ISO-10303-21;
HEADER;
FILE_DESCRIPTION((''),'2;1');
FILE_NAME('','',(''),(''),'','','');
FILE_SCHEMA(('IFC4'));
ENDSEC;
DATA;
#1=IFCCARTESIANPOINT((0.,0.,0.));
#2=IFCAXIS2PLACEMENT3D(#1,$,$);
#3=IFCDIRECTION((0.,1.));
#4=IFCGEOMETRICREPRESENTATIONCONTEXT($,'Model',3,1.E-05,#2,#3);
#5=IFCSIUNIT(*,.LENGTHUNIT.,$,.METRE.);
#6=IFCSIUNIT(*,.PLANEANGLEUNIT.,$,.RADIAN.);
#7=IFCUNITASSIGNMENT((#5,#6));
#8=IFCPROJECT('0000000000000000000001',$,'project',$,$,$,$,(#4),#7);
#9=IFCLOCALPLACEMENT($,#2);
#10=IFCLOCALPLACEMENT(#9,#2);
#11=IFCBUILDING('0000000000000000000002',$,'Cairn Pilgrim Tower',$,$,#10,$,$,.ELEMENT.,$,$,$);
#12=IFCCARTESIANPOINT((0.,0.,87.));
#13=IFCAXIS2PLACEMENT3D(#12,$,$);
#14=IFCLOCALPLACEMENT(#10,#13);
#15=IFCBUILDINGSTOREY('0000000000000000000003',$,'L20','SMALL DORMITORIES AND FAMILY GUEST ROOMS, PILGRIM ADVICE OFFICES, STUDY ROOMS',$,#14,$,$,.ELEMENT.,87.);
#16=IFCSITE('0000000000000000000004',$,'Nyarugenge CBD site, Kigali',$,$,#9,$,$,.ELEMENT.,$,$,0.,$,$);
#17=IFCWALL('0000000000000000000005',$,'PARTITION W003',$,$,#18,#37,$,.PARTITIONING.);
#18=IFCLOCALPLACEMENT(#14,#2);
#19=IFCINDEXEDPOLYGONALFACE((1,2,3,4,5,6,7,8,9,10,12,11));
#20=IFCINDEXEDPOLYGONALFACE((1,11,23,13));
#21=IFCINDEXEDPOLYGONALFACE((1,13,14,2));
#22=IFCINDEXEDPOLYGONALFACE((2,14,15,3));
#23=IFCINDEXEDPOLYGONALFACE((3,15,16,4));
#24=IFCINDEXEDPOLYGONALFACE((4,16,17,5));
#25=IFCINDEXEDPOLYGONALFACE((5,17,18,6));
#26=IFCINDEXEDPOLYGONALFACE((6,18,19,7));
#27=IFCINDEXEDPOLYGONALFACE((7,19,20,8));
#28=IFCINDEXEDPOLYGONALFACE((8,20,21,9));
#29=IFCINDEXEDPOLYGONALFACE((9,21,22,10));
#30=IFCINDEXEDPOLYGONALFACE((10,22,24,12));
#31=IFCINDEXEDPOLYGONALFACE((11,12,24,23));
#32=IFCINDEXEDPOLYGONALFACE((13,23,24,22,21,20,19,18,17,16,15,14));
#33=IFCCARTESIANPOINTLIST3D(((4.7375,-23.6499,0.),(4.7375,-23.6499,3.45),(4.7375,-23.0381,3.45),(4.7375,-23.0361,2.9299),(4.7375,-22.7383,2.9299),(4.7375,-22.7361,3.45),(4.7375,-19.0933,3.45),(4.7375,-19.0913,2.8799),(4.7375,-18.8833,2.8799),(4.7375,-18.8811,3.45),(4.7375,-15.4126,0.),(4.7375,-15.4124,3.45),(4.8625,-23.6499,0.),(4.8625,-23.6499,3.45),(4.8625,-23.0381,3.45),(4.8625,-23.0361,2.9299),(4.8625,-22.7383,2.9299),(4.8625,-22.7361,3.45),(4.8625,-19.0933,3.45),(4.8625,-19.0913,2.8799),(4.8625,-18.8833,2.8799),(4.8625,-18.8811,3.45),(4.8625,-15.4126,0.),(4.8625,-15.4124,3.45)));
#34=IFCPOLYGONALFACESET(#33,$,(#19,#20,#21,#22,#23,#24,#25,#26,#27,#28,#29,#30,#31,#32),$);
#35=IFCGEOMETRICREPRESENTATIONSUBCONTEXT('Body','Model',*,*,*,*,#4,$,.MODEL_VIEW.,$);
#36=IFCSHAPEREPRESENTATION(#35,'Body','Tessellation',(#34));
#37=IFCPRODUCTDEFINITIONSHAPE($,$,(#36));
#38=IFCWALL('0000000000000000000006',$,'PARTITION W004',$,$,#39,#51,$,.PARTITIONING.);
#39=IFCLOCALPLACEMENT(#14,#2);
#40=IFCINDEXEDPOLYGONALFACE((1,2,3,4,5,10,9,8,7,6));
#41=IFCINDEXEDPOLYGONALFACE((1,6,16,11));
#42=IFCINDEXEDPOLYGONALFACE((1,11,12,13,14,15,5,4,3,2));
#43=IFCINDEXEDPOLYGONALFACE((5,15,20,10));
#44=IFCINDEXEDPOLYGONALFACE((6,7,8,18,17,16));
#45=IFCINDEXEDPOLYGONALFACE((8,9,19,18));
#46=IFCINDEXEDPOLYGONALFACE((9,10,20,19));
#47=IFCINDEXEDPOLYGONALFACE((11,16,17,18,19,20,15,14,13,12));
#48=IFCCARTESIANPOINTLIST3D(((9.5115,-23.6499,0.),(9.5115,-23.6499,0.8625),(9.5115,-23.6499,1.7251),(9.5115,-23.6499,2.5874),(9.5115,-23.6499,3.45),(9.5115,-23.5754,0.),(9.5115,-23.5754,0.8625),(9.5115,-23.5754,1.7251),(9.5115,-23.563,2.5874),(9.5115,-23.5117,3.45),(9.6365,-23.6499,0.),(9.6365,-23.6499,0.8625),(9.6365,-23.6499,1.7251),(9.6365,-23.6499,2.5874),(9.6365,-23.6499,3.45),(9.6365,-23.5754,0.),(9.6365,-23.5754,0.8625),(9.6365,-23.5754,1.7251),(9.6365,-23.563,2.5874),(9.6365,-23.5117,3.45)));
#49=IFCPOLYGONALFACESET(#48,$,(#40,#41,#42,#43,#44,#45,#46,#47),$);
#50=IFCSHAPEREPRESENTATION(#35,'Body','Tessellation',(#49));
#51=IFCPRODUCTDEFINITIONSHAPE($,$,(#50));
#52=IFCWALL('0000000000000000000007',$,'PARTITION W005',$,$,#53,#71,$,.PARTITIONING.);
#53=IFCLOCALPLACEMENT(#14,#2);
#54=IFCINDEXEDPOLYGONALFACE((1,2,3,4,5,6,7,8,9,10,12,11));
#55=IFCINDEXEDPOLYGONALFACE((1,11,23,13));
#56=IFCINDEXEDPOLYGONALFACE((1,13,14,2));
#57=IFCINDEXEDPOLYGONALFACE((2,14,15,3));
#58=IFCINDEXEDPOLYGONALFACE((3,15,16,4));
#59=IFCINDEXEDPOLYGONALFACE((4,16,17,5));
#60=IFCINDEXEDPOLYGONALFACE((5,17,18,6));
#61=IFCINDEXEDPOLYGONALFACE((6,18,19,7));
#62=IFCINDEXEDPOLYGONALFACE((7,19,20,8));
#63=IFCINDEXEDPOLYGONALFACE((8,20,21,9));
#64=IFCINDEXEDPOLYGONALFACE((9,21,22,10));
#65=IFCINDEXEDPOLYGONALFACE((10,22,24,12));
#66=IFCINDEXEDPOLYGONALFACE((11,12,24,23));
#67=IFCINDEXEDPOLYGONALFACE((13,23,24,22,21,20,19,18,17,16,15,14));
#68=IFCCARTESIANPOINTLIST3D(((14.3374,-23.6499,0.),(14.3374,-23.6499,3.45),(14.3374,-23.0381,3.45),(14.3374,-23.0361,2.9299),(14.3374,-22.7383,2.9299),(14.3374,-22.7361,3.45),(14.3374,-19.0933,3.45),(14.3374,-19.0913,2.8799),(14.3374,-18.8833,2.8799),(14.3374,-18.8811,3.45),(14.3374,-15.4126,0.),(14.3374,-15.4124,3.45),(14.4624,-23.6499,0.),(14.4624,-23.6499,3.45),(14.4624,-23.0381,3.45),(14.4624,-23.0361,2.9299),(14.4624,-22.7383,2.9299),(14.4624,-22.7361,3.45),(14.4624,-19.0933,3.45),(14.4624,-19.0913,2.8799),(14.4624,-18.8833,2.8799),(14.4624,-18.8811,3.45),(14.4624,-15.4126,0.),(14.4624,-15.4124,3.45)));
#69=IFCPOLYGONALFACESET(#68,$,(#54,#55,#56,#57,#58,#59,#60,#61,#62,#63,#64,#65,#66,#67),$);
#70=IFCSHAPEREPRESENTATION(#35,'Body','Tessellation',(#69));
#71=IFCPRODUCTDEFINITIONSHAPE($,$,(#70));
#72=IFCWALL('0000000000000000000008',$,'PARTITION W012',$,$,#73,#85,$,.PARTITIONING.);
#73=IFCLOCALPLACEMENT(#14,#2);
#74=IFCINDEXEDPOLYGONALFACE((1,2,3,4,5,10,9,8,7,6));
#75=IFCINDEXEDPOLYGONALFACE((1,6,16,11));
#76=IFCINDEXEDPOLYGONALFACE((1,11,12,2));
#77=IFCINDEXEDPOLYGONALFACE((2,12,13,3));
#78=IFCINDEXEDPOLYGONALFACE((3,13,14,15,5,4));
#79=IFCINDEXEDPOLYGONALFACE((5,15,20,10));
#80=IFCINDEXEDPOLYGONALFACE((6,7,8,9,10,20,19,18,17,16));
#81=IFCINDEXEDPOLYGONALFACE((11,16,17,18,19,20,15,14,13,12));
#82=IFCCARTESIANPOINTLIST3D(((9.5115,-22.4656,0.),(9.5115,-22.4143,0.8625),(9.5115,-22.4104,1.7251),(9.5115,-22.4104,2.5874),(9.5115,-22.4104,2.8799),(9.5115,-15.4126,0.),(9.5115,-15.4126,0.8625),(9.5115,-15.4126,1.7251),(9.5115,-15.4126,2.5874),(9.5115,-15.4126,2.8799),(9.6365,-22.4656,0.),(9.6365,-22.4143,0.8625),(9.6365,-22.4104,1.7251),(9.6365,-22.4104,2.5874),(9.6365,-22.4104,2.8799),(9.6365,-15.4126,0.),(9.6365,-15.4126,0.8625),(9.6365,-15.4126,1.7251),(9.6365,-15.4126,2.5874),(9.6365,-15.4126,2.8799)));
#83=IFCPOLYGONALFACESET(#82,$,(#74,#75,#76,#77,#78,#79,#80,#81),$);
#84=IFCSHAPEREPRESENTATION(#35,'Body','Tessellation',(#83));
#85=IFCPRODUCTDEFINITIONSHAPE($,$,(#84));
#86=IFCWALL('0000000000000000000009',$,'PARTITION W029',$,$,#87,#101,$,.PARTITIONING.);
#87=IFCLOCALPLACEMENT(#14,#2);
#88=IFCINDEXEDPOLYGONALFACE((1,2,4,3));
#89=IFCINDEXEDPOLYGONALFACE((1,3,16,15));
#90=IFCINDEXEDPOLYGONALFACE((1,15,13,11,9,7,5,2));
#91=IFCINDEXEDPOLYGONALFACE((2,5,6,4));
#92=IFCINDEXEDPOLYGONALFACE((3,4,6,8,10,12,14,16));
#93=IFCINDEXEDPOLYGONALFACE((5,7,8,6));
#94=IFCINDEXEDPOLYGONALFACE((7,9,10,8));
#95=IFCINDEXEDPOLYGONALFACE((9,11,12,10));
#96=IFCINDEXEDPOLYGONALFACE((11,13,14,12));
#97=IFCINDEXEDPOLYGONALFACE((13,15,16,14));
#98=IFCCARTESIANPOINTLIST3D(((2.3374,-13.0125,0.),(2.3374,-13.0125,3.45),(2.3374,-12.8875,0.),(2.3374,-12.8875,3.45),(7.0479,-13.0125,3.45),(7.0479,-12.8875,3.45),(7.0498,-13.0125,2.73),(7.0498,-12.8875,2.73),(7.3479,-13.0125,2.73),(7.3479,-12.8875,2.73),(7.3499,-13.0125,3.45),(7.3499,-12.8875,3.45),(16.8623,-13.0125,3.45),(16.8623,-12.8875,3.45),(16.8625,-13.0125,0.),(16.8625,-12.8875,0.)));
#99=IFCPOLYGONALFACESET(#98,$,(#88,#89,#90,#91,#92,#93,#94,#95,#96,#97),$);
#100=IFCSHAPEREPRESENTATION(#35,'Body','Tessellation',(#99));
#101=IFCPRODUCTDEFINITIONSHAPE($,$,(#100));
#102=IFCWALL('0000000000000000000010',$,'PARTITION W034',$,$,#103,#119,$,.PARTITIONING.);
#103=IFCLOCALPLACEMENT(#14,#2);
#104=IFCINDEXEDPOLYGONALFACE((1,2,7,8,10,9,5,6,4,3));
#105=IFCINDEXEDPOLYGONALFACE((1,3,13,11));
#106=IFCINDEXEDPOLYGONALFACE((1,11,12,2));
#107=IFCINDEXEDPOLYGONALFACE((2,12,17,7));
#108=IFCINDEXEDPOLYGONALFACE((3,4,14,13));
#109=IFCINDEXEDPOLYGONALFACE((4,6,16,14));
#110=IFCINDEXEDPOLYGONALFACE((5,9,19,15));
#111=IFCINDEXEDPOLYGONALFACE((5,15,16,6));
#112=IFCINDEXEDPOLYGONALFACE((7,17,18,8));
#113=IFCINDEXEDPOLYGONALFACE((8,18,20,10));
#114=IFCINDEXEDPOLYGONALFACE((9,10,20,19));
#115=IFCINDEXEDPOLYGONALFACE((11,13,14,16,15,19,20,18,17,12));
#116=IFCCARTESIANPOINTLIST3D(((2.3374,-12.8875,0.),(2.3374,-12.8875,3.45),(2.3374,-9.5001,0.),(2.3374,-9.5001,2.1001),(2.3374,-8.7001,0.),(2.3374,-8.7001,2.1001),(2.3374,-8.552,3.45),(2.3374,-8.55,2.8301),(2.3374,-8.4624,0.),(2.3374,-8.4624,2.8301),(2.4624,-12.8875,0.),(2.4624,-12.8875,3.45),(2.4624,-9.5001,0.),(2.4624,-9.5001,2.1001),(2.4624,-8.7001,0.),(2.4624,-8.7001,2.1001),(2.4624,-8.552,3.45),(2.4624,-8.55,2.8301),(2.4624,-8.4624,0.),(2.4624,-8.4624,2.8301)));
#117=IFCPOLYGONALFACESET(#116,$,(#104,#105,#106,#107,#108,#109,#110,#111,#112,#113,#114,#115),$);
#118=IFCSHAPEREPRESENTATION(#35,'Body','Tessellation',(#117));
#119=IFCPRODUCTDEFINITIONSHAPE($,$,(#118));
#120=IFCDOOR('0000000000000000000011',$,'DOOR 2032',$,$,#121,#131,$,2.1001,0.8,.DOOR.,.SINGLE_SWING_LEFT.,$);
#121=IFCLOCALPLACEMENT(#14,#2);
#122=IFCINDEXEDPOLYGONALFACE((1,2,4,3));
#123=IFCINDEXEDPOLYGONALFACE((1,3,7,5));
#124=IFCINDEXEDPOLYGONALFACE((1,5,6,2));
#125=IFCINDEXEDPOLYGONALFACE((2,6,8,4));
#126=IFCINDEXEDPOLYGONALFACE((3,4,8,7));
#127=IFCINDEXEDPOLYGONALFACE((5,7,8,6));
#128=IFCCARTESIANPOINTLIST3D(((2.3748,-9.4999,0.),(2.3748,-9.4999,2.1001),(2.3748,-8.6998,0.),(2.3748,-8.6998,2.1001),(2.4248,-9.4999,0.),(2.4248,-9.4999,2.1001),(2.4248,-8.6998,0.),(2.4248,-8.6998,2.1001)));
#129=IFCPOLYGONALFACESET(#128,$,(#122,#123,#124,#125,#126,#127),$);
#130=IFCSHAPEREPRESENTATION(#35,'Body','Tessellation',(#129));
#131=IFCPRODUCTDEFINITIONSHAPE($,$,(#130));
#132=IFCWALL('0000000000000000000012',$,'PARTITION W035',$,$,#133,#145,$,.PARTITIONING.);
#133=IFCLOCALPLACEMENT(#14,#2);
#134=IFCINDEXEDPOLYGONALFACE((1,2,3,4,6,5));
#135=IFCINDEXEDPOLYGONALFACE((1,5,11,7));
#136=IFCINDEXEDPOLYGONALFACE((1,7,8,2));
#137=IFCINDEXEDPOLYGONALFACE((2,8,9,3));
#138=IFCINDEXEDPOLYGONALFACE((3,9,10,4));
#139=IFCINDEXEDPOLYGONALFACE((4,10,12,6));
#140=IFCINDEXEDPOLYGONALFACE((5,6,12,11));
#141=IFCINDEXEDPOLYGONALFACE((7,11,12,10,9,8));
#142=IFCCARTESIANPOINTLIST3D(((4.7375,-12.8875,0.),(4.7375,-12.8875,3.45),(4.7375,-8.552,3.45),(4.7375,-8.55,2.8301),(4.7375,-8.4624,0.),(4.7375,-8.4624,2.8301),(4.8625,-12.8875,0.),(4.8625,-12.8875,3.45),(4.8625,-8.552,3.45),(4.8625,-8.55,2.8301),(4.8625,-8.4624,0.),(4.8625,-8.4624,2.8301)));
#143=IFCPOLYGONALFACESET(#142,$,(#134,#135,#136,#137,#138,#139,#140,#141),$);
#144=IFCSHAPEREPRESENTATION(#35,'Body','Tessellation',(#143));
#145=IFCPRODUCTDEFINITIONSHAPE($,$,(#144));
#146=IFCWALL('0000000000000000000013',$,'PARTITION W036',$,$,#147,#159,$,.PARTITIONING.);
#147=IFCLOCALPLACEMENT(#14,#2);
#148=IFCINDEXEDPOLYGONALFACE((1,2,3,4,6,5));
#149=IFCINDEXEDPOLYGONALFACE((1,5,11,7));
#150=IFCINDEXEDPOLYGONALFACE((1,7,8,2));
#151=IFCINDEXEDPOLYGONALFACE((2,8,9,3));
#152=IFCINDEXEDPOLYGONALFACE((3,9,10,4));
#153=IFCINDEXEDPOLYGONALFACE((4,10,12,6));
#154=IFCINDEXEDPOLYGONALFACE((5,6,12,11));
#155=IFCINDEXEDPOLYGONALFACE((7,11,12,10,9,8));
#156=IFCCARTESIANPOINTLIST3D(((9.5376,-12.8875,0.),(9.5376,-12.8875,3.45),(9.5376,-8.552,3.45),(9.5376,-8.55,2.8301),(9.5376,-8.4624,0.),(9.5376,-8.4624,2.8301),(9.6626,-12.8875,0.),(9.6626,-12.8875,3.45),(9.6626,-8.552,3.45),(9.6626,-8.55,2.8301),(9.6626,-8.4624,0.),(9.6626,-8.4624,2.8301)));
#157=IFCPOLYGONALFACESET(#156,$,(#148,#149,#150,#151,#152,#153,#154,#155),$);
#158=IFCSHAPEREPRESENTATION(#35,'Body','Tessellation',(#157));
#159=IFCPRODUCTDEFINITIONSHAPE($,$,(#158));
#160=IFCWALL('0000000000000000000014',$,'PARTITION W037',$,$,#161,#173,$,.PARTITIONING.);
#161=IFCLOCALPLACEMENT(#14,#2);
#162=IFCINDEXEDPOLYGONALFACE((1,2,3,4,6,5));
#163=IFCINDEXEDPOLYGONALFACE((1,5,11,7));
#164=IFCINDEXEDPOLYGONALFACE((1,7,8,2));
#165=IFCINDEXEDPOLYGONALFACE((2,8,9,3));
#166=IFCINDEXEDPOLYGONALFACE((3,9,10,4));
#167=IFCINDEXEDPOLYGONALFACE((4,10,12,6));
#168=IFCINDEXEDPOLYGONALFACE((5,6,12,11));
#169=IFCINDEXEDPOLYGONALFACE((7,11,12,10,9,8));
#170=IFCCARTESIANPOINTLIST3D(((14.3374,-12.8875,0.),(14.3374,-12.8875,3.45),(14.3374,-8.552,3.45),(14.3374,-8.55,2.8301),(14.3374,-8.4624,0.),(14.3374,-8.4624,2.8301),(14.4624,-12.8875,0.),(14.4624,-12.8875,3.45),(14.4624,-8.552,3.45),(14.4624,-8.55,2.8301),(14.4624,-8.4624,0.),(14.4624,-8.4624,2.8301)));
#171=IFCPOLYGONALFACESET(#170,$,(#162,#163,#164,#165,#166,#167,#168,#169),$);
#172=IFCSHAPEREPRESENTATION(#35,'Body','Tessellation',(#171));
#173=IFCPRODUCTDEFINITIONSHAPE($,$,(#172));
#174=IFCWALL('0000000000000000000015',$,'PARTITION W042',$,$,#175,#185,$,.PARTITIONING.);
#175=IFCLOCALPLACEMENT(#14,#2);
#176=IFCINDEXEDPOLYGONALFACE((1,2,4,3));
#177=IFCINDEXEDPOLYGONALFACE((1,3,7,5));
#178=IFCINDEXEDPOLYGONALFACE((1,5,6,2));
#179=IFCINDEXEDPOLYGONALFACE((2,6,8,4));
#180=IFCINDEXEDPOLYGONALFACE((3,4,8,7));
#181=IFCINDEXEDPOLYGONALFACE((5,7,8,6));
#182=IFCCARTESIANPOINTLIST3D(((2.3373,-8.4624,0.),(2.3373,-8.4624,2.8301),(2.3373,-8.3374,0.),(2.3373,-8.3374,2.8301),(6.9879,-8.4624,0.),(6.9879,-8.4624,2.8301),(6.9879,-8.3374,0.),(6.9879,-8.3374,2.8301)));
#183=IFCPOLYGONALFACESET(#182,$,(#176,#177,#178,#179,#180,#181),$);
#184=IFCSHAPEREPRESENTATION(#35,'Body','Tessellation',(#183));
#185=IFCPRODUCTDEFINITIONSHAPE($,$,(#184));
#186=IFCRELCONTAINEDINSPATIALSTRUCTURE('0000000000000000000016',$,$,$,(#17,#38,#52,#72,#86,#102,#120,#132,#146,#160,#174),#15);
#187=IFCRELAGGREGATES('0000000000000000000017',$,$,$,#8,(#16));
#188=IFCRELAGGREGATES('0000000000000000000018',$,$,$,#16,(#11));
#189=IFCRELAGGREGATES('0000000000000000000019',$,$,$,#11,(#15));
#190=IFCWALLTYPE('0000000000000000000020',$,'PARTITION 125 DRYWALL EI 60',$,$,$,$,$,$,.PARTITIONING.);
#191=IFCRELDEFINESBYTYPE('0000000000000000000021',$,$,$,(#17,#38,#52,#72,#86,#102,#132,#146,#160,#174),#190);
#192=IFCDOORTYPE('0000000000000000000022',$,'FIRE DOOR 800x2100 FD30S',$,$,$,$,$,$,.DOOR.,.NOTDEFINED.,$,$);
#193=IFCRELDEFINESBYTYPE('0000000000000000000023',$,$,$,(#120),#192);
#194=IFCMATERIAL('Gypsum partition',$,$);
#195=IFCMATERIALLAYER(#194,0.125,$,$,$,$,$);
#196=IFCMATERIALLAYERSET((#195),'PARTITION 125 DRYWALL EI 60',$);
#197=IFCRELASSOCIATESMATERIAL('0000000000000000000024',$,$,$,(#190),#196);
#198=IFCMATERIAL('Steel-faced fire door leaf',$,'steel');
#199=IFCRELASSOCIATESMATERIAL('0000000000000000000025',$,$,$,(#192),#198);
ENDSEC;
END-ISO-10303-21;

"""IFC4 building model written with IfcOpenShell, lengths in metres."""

from ifc_helpers import new_model, si_unit, direction, frame, frame_2d, origin, place, context, subcontext, project, spatial, polyline, rectangle, outline, extrude, material, layer, layer_set, type_object, element, fill, save


model = new_model("IFC4")

# Units and contexts
model_context = context("Model", 3, precision=1e-05, world=origin(), true_north=direction((0.0, 1.0)))
body_context = subcontext(model_context, "Body", "Model", "MODEL_VIEW")
ifc_project = project(units=[si_unit("LENGTHUNIT", "METRE"), si_unit("PLANEANGLEUNIT", "RADIAN")], contexts=[model_context])

# Site, building, storey
site_placement = place(None, origin())
site = spatial("IfcSite", under=ifc_project, at=site_placement, Name="Nyarugenge CBD site, Kigali", CompositionType="ELEMENT", RefElevation=0.0)
building_placement = place(site_placement, origin())
building = spatial("IfcBuilding", under=site, at=building_placement, Name="Cairn Pilgrim Tower", CompositionType="ELEMENT")
storey_placement = place(building_placement, frame((0.0, 0.0, 87.0)))
storey = spatial("IfcBuildingStorey", under=building, at=storey_placement, Name="L20", Description="SMALL DORMITORIES AND FAMILY GUEST ROOMS, PILGRIM ADVICE OFFICES, STUDY ROOMS", CompositionType="ELEMENT", Elevation=87.0)

# Shared definitions
ifc_material_1 = material(Name="Gypsum partition")

# Walls
ifc_layer_1 = layer(ifc_material_1, 0.125)
ifc_layer_set_1 = layer_set([ifc_layer_1], Name="PARTITION 125 DRYWALL EI 60")
wall_type_1 = type_object("IfcWallType", Name="PARTITION 125 DRYWALL EI 60", PredefinedType="PARTITIONING", material=ifc_layer_set_1)
wall_1_placement = place(storey_placement, frame((4.8, -23.6499, 0.0), z_axis=(0.0, 0.0, 1.0), x_axis=(0.0, 1.0, 0.0)))
element("IfcWall", 1, at=wall_1_placement, inside=storey, type_object=wall_type_1, Name="PARTITION W003", PredefinedType="PARTITIONING", context=body_context, shape_type="SweptSolid", body=[
    extrude(outline(polyline([(0.0, 0.0), (8.2373, 0.0), (8.2375, 3.45), (4.7688, 3.45), (4.7666, 2.8799), (4.5586, 2.8799), (4.5566, 3.45), (0.9138, 3.45), (0.9116, 2.9299), (0.6138, 2.9299), (0.6118, 3.45), (0.0, 3.45), (0.0, 0.0)])), frame((0.0, 0.0625, 0.0), z_axis=(0.0, -1.0, 0.0), x_axis=(1.0, 0.0, 0.0)), (0.0, 0.0, 1.0), 0.125),
])
wall_2_placement = place(storey_placement, frame((9.574, -23.6499, 0.0), z_axis=(0.0, 0.0, 1.0), x_axis=(0.0, 1.0, 0.0)))
element("IfcWall", 2, at=wall_2_placement, inside=storey, type_object=wall_type_1, Name="PARTITION W004", PredefinedType="PARTITIONING", context=body_context, shape_type="SweptSolid", body=[
    extrude(outline(polyline([(0.0, 0.0), (0.0745, 0.0), (0.0745, 0.8625), (0.0745, 1.7251), (0.0869, 2.5874), (0.1382, 3.45), (0.0, 3.45), (0.0, 2.5874), (0.0, 1.7251), (0.0, 0.8625), (0.0, 0.0)])), frame((0.0, 0.0625, 0.0), z_axis=(0.0, -1.0, 0.0), x_axis=(1.0, 0.0, 0.0)), (0.0, 0.0, 1.0), 0.125),
])
wall_3_placement = place(storey_placement, frame((14.3999, -23.6499, 0.0), z_axis=(0.0, 0.0, 1.0), x_axis=(0.0, 1.0, 0.0)))
element("IfcWall", 3, at=wall_3_placement, inside=storey, type_object=wall_type_1, Name="PARTITION W005", PredefinedType="PARTITIONING", context=body_context, shape_type="SweptSolid", body=[
    extrude(outline(polyline([(0.0, 0.0), (8.2373, 0.0), (8.2375, 3.45), (4.7688, 3.45), (4.7666, 2.8799), (4.5586, 2.8799), (4.5566, 3.45), (0.9138, 3.45), (0.9116, 2.9299), (0.6138, 2.9299), (0.6118, 3.45), (0.0, 3.45), (0.0, 0.0)])), frame((0.0, 0.0625, 0.0), z_axis=(0.0, -1.0, 0.0), x_axis=(1.0, 0.0, 0.0)), (0.0, 0.0, 1.0), 0.125),
])
wall_4_placement = place(storey_placement, frame((9.574, -22.4656, 0.0), z_axis=(0.0, 0.0, 1.0), x_axis=(0.0, 1.0, 0.0)))
element("IfcWall", 4, at=wall_4_placement, inside=storey, type_object=wall_type_1, Name="PARTITION W012", PredefinedType="PARTITIONING", context=body_context, shape_type="SweptSolid", body=[
    extrude(outline(polyline([(0.0, 0.0), (7.053, 0.0), (7.053, 0.8625), (7.053, 1.7251), (7.053, 2.5874), (7.053, 2.8799), (0.0552, 2.8799), (0.0552, 2.5874), (0.0552, 1.7251), (0.0513, 0.8625), (0.0, 0.0)])), frame((0.0, 0.0625, 0.0), z_axis=(0.0, -1.0, 0.0), x_axis=(1.0, 0.0, 0.0)), (0.0, 0.0, 1.0), 0.125),
])
wall_5_placement = place(storey_placement, frame((2.3374, -12.95, 0.0), z_axis=(0.0, 0.0, 1.0), x_axis=(1.0, 0.0, 0.0)))
element("IfcWall", 5, at=wall_5_placement, inside=storey, type_object=wall_type_1, Name="PARTITION W029", PredefinedType="PARTITIONING", context=body_context, shape_type="SweptSolid", body=[
    extrude(outline(polyline([(0.0, 0.0), (14.5251, 0.0), (14.5249, 3.45), (5.0125, 3.45), (5.0105, 2.73), (4.7124, 2.73), (4.7104, 3.45), (0.0, 3.45), (0.0, 0.0)])), frame((0.0, 0.0625, 0.0), z_axis=(0.0, -1.0, 0.0), x_axis=(1.0, 0.0, 0.0)), (0.0, 0.0, 1.0), 0.125),
])

# Wall, opening, door
wall_6_placement = place(storey_placement, frame((2.3999, -12.8875, 0.0), z_axis=(0.0, 0.0, 1.0), x_axis=(0.0, 1.0, 0.0)))
wall_6 = element("IfcWall", 6, at=wall_6_placement, inside=storey, type_object=wall_type_1, Name="PARTITION W034", PredefinedType="PARTITIONING", context=body_context, shape_type="SweptSolid", body=[
    extrude(outline(polyline([(0.0, 0.0), (4.425, 0.0), (4.425, 2.8301), (4.3374, 2.8301), (4.3354, 3.45), (0.0, 3.45), (0.0, 0.0)])), frame((0.0, 0.0625, 0.0), z_axis=(0.0, -1.0, 0.0), x_axis=(1.0, 0.0, 0.0)), (0.0, 0.0, 1.0), 0.125),
])
opening_1_placement = place(wall_6_placement, frame((3.3875, 0.0, 0.0)))
opening_1 = element("IfcOpeningElement", 7, at=opening_1_placement, cuts=wall_6, PredefinedType="OPENING", context=body_context, shape_type="SweptSolid", body=[
    extrude(rectangle(XDim=0.8, YDim=2.1001, at=frame_2d((0.3999, 1.05))), frame((0.0, 0.0725, 0.0), z_axis=(0.0, -1.0, 0.0), x_axis=(1.0, 0.0, 0.0)), (0.0, 0.0, 1.0), 0.145),
])
ifc_material_2 = material(Name="Steel-faced fire door leaf", Category="steel")
door_type_1 = type_object("IfcDoorType", Name="FIRE DOOR 800x2100 FD30S", OperationType="NOTDEFINED", PredefinedType="DOOR", material=ifc_material_2)
door_1_placement = place(opening_1_placement, frame((0.8, 0.0, 0.0), z_axis=(0.0, 0.0, 1.0), x_axis=(-1.0, 0.0, 0.0)))
door_1 = element("IfcDoor", 8, at=door_1_placement, inside=storey, type_object=door_type_1, Name="DOOR 2032", OperationType="SINGLE_SWING_LEFT", OverallHeight=2.1001, OverallWidth=0.8, PredefinedType="DOOR", context=body_context, shape_type="SweptSolid", body=[
    extrude(rectangle(XDim=0.8, YDim=2.1001, at=frame_2d((0.3999, 1.05))), frame((0.0, 0.0249, 0.0), z_axis=(0.0, -1.0, 0.0), x_axis=(1.0, 0.0, 0.0)), (0.0, 0.0, 1.0), 0.05),
])
fill(opening_1, door_1)

# Walls
for number, where, z_axis, x_axis, name in (
    (9, (4.8, -12.8875, 0.0), (0.0, 0.0, 1.0), (0.0, 1.0, 0.0), "PARTITION W035"),
    (10, (9.6001, -12.8875, 0.0), (0.0, 0.0, 1.0), (0.0, 1.0, 0.0), "PARTITION W036"),
    (11, (14.3999, -12.8875, 0.0), (0.0, 0.0, 1.0), (0.0, 1.0, 0.0), "PARTITION W037"),
):
    element("IfcWall", number, at=place(storey_placement, frame(where, z_axis=z_axis, x_axis=x_axis)), inside=storey, type_object=wall_type_1, Name=name, PredefinedType="PARTITIONING", context=body_context, shape_type="SweptSolid", body=[
        extrude(outline(polyline([(0.0, 0.0), (4.425, 0.0), (4.425, 2.8301), (4.3374, 2.8301), (4.3354, 3.45), (0.0, 3.45), (0.0, 0.0)])), frame((0.0, 0.0625, 0.0), z_axis=(0.0, -1.0, 0.0), x_axis=(1.0, 0.0, 0.0)), (0.0, 0.0, 1.0), 0.125),
    ])
wall_7_placement = place(storey_placement, frame((2.3374, -8.3999, 0.0), z_axis=(0.0, 0.0, 1.0), x_axis=(1.0, 0.0, 0.0)))
element("IfcWall", 12, at=wall_7_placement, inside=storey, type_object=wall_type_1, Name="PARTITION W042", PredefinedType="PARTITIONING", context=body_context, shape_type="SweptSolid", body=[
    extrude(rectangle(XDim=4.6506, YDim=0.125, at=frame_2d((2.3252, 0.0))), origin(), (0.0, 0.0, 1.0), 2.8301),
])

save(model, "model.ifc")
